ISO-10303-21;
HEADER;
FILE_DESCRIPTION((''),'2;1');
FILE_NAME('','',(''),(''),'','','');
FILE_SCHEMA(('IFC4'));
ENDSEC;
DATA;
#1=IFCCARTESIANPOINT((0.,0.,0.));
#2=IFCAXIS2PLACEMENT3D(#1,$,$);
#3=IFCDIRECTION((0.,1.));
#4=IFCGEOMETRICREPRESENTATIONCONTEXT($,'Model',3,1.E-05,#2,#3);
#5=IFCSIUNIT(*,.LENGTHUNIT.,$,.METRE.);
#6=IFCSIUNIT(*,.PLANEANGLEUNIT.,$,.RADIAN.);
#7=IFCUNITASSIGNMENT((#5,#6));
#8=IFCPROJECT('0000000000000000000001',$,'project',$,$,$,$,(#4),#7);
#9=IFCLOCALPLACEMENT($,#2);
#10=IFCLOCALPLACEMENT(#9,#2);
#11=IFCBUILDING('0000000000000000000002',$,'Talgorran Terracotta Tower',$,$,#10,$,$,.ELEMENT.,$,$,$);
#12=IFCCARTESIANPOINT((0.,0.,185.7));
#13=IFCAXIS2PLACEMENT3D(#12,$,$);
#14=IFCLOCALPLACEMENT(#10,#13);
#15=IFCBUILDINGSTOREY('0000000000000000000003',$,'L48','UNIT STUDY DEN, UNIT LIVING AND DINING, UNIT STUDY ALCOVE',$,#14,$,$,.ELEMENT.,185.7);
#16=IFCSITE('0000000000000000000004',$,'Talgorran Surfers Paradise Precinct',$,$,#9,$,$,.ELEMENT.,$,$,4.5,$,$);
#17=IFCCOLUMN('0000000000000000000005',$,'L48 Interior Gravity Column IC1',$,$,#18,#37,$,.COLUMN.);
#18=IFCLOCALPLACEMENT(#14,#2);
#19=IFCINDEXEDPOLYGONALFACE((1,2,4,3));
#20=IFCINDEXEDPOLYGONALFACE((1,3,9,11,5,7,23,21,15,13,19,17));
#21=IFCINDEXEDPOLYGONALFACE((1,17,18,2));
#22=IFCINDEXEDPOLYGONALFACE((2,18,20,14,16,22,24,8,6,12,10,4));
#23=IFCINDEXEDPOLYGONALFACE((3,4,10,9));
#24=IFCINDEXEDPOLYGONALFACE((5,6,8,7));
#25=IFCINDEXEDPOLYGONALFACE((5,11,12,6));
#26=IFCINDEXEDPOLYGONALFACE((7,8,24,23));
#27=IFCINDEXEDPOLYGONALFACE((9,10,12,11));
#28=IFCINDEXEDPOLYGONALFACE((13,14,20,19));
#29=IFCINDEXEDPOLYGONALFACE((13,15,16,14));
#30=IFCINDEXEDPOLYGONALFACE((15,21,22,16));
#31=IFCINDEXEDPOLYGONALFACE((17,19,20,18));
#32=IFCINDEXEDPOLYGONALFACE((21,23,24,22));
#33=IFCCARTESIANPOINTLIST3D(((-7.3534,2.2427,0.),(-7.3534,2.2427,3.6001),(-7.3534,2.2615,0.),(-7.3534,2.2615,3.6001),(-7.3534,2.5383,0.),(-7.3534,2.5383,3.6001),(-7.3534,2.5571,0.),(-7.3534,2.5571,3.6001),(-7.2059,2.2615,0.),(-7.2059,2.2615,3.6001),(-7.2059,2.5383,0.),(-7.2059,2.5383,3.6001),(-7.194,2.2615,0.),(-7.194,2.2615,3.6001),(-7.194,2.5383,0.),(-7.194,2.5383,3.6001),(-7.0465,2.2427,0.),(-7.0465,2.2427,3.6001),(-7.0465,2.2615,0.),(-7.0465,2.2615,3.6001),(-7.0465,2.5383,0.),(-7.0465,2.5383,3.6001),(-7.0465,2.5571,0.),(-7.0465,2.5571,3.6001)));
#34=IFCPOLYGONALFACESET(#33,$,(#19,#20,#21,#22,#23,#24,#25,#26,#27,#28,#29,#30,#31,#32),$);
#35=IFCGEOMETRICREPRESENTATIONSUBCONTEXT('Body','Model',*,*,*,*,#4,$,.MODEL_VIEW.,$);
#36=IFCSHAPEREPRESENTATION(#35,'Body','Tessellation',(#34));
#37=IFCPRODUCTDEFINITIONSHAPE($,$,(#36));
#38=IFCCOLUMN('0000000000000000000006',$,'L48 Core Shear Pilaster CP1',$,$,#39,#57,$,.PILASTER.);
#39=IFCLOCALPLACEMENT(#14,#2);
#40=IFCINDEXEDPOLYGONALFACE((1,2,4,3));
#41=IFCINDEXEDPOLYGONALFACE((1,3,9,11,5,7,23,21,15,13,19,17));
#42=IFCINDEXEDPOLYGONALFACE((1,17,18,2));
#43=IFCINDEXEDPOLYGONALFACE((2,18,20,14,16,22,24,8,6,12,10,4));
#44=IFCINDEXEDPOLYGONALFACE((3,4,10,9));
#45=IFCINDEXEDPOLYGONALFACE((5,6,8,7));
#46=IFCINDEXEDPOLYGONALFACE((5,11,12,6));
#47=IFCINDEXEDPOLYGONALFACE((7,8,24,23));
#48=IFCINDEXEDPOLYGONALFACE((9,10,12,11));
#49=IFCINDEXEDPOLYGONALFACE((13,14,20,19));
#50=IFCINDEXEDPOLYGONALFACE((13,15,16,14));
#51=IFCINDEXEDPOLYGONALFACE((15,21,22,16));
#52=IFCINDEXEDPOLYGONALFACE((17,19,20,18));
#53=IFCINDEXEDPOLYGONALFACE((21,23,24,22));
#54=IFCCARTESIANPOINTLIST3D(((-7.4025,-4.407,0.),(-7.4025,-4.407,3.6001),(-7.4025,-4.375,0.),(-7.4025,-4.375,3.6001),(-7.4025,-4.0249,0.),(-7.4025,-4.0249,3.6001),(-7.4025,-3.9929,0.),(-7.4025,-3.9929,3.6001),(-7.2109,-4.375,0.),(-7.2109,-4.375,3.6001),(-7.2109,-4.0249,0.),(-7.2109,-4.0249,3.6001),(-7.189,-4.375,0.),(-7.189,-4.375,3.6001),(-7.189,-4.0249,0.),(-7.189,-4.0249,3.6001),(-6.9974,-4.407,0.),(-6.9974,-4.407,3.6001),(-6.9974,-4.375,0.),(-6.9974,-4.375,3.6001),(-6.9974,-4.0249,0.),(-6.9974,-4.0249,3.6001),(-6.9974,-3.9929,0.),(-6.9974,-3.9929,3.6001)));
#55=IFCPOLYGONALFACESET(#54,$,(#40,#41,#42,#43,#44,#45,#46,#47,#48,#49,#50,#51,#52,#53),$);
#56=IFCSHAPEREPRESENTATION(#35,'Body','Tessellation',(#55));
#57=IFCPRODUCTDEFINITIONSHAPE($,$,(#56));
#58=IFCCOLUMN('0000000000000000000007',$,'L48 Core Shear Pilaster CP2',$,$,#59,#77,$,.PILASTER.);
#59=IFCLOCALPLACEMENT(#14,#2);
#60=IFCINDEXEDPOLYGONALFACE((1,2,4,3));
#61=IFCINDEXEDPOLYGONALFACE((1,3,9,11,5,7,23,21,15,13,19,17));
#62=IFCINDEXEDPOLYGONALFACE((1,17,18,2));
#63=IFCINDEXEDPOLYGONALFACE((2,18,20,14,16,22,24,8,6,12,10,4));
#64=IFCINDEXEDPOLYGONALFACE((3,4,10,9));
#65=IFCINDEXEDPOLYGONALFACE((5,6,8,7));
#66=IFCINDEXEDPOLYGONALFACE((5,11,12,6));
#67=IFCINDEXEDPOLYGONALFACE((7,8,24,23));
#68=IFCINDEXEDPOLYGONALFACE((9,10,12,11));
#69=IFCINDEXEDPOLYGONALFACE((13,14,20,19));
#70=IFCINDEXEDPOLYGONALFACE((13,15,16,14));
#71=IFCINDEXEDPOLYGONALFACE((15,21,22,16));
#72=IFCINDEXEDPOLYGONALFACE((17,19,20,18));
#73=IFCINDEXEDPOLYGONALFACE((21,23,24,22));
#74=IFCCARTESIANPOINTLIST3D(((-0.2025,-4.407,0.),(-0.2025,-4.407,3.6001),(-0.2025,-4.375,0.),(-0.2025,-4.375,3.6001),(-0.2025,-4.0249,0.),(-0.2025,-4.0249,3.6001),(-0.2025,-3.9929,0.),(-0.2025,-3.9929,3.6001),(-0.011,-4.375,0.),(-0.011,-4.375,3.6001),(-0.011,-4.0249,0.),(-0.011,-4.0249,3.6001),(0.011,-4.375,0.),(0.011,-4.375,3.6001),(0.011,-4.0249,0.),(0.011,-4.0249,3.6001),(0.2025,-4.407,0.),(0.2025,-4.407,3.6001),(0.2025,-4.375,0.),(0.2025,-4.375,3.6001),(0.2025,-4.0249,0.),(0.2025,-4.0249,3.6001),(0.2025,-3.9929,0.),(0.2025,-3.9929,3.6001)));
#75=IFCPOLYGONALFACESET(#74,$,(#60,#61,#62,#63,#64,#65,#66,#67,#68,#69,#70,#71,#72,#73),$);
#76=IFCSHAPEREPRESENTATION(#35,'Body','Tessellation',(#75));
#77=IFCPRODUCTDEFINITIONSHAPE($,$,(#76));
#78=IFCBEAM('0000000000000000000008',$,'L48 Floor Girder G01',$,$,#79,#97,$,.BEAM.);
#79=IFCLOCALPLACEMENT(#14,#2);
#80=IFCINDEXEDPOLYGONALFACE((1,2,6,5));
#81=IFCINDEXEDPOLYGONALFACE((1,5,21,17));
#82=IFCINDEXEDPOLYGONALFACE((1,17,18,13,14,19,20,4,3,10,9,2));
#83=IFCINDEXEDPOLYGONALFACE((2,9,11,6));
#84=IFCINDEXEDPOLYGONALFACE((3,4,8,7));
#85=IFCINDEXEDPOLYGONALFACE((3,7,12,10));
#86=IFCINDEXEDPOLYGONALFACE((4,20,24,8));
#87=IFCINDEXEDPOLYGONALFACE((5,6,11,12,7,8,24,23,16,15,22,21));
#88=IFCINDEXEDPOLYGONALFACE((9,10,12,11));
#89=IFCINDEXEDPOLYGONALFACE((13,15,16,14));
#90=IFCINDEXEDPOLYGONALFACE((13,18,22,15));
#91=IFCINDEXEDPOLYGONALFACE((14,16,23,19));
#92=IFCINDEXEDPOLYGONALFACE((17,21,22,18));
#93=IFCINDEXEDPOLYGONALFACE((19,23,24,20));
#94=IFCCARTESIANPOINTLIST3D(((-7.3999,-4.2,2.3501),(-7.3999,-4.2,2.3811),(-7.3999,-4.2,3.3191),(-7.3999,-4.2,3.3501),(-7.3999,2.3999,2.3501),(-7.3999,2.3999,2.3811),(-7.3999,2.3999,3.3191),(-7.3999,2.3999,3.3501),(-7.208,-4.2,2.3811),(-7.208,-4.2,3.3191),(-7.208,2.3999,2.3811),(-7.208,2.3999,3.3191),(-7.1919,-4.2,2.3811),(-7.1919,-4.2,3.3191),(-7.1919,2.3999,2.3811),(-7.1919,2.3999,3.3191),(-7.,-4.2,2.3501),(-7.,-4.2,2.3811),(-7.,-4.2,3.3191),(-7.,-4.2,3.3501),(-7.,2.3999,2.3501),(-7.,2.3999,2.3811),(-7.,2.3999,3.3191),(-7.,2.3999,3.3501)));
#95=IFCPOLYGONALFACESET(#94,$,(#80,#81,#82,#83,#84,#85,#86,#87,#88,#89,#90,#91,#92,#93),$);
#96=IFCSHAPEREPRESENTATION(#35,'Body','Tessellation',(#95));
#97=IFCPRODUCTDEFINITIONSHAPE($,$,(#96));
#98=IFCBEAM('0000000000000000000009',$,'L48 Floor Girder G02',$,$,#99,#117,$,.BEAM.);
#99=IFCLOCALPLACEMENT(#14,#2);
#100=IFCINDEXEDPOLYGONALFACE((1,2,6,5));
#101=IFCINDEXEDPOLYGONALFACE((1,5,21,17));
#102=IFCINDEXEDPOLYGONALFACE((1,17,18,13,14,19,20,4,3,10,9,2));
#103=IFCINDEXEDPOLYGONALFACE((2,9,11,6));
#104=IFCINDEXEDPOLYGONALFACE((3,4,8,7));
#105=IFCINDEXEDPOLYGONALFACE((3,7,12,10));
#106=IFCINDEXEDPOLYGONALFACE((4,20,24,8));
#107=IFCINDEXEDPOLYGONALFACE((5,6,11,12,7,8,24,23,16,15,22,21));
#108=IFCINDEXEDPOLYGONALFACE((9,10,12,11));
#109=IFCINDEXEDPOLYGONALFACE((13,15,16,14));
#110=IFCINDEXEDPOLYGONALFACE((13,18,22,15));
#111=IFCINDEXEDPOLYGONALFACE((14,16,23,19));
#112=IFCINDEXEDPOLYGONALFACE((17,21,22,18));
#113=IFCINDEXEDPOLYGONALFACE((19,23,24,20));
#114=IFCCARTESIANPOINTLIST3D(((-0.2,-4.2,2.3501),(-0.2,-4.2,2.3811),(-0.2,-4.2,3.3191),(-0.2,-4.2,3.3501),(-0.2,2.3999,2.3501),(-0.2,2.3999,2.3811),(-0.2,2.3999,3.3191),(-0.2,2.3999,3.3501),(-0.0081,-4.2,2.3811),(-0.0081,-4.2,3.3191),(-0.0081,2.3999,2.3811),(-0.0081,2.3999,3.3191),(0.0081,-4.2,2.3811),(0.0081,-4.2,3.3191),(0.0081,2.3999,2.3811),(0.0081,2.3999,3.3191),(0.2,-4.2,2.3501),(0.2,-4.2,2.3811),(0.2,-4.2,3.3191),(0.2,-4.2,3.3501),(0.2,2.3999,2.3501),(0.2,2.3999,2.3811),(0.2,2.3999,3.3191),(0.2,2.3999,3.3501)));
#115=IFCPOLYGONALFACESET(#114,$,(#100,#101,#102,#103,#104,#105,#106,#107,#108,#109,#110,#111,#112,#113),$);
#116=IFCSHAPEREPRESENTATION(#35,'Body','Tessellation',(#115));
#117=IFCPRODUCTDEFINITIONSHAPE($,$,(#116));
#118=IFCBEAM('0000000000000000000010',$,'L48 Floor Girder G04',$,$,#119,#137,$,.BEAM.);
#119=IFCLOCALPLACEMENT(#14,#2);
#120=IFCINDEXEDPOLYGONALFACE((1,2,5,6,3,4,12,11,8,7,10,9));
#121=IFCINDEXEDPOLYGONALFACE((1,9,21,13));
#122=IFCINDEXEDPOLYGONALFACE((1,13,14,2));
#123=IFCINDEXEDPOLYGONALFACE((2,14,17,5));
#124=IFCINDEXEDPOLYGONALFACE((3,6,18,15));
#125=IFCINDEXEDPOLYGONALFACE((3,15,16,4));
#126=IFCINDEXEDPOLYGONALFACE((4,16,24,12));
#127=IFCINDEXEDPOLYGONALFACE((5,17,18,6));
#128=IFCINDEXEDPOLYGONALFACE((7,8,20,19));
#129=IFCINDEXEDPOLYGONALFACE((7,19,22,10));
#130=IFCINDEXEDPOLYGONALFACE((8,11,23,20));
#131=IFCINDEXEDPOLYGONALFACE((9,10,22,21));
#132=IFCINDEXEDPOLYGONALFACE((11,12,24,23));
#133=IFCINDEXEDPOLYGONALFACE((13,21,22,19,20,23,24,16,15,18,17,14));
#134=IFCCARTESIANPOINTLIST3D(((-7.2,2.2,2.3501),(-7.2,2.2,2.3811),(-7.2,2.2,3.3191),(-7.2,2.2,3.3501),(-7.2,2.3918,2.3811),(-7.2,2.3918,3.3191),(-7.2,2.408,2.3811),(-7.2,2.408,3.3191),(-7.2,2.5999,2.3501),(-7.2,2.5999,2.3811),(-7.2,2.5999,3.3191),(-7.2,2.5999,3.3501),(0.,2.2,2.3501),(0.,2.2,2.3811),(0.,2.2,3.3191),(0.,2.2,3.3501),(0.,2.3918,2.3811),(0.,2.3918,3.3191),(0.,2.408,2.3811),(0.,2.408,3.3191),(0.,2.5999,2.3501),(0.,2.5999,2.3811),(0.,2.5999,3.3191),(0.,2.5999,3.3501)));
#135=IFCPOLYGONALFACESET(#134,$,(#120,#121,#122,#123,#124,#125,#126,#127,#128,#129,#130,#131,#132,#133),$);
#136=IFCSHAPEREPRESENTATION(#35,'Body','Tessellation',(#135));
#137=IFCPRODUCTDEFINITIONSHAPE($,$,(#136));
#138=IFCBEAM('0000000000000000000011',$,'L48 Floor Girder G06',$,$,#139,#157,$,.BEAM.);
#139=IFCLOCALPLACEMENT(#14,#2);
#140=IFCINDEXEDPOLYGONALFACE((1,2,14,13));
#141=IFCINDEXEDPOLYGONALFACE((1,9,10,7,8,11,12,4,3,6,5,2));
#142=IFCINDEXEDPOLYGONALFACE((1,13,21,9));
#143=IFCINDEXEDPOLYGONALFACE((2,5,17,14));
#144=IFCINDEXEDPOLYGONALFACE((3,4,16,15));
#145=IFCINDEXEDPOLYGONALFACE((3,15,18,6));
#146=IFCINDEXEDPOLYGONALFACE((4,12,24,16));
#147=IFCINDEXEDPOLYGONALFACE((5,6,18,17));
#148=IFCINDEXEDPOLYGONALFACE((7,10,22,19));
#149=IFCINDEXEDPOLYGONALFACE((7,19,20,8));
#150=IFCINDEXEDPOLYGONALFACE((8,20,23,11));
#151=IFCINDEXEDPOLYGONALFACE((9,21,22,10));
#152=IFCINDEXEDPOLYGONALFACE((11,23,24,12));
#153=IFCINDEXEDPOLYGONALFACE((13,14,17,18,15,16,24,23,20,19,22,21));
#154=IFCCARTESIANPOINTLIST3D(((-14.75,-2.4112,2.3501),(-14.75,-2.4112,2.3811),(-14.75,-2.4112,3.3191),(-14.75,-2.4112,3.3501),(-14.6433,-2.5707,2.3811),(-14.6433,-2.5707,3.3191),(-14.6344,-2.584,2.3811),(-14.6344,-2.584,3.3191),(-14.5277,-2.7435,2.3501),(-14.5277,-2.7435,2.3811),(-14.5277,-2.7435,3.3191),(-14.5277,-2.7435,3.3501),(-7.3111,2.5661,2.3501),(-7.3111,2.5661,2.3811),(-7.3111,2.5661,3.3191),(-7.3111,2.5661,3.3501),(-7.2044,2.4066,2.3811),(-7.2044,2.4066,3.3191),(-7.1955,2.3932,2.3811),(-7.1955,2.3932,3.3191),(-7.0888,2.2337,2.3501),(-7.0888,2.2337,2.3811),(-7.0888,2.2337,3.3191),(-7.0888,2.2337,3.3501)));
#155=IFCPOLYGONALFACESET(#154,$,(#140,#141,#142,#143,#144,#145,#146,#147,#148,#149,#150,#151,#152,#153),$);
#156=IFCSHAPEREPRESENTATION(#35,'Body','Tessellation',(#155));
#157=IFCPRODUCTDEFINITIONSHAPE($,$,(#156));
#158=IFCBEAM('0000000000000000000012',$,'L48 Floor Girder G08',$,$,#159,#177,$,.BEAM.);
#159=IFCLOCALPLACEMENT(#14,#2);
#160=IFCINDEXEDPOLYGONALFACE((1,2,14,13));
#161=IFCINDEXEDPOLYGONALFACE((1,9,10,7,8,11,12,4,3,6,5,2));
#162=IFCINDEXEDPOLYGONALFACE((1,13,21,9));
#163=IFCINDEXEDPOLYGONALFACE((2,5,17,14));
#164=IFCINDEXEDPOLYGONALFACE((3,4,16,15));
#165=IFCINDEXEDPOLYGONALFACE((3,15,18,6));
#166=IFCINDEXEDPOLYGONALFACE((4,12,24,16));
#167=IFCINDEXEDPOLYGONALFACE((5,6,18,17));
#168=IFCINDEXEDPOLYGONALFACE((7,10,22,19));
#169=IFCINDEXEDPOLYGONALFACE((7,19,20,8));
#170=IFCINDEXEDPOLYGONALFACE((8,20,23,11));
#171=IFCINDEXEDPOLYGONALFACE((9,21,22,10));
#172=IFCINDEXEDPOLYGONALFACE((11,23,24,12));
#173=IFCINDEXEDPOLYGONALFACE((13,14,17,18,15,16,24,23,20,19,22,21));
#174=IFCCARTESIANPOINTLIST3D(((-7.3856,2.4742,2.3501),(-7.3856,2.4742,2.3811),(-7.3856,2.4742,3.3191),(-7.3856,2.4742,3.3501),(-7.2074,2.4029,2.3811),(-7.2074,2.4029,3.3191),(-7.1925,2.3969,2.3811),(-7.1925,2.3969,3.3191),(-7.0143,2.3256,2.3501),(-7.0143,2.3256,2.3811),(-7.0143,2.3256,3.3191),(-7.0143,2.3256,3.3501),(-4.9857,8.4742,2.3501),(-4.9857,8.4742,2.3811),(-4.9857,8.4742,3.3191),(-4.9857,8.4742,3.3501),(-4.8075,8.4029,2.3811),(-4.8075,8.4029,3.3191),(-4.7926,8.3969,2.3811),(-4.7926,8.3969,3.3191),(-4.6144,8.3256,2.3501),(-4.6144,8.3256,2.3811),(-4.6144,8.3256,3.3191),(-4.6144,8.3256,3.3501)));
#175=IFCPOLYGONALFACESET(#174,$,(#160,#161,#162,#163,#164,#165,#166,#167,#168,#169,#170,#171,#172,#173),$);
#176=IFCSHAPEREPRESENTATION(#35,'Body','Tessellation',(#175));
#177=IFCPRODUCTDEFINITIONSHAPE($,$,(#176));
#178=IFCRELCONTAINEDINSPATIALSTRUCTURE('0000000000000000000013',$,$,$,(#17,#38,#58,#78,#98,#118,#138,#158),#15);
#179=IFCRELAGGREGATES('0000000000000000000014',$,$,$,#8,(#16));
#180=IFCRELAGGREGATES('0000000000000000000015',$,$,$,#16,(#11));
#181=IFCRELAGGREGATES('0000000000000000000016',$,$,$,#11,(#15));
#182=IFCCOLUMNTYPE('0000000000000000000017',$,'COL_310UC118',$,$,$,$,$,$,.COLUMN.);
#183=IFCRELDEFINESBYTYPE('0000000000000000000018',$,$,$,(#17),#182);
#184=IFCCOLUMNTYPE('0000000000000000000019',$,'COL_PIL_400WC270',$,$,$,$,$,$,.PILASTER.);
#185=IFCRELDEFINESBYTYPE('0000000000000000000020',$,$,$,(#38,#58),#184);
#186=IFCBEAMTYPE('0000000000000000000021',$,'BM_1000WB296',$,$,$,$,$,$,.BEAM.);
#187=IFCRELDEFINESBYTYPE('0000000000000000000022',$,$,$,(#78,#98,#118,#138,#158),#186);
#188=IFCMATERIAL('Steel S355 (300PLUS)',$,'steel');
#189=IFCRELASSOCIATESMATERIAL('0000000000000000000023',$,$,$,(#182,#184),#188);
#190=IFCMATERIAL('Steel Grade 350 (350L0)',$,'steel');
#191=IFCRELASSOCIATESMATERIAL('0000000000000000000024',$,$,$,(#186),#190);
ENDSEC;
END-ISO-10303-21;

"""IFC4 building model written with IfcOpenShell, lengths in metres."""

from ifc_helpers import new_model, si_unit, direction, frame, origin, origin_2d, place, context, subcontext, project, spatial, i_section, extrude, material, material_profile, profile_set, type_object, element, save


model = new_model("IFC4")

# Units and contexts
model_context = context("Model", 3, precision=1e-05, world=origin(), true_north=direction((0.0, 1.0)))
body_context = subcontext(model_context, "Body", "Model", "MODEL_VIEW")
ifc_project = project(units=[si_unit("LENGTHUNIT", "METRE"), si_unit("PLANEANGLEUNIT", "RADIAN")], contexts=[model_context])

# Site, building, storey
site_placement = place(None, origin())
site = spatial("IfcSite", under=ifc_project, at=site_placement, Name="Talgorran Surfers Paradise Precinct", CompositionType="ELEMENT", RefElevation=4.5)
building_placement = place(site_placement, origin())
building = spatial("IfcBuilding", under=site, at=building_placement, Name="Talgorran Terracotta Tower", CompositionType="ELEMENT")
storey_placement = place(building_placement, frame((0.0, 0.0, 185.7)))
storey = spatial("IfcBuildingStorey", under=building, at=storey_placement, Name="L48", Description="UNIT STUDY DEN, UNIT LIVING AND DINING, UNIT STUDY ALCOVE", CompositionType="ELEMENT", Elevation=185.7)

# Columns
ifc_material_1 = material(Name="Steel S355 (300PLUS)", Category="steel")
ifc_material_profile_1 = material_profile(ifc_material_1, i_section(OverallWidth=0.3069, OverallDepth=0.3145, WebThickness=0.012, FlangeThickness=0.0188, at=origin_2d()), Name="310UC118")
ifc_profile_set_1 = profile_set([ifc_material_profile_1], Name="Steel S355 (300PLUS)")
column_type_1 = type_object("IfcColumnType", Name="COL_310UC118", PredefinedType="COLUMN", material=ifc_profile_set_1)
column_placement = place(storey_placement, frame((-7.2, 2.3999, 0.0), z_axis=(0.0, 0.0, 1.0), x_axis=(1.0, 0.0, 0.0)))
element("IfcColumn", 1, at=column_placement, inside=storey, type_object=column_type_1, Name="L48 Interior Gravity Column IC1", PredefinedType="COLUMN", context=body_context, shape_type="SweptSolid", body=[
    extrude(i_section(OverallWidth=0.3069, OverallDepth=0.3145, WebThickness=0.012, FlangeThickness=0.0188, at=origin_2d()), origin(), (0.0, 0.0, 1.0), 3.6001),
])
ifc_material_profile_2 = material_profile(ifc_material_1, i_section(OverallWidth=0.405, OverallDepth=0.4141, WebThickness=0.022, FlangeThickness=0.032, at=origin_2d()), Name="400WC270")
ifc_profile_set_2 = profile_set([ifc_material_profile_2], Name="Steel S355 (300PLUS)")
column_type_2 = type_object("IfcColumnType", Name="COL_PIL_400WC270", PredefinedType="PILASTER", material=ifc_profile_set_2)
for number, where, z_axis, x_axis, name in (
    (2, (-7.2, -4.2, 0.0), (0.0, 0.0, 1.0), (1.0, 0.0, 0.0), "L48 Core Shear Pilaster CP1"),
    (3, (0.0, -4.2, 0.0), (0.0, 0.0, 1.0), (1.0, 0.0, 0.0), "L48 Core Shear Pilaster CP2"),
):
    element("IfcColumn", number, at=place(storey_placement, frame(where, z_axis=z_axis, x_axis=x_axis)), inside=storey, type_object=column_type_2, Name=name, PredefinedType="PILASTER", context=body_context, shape_type="SweptSolid", body=[
        extrude(i_section(OverallWidth=0.405, OverallDepth=0.4141, WebThickness=0.022, FlangeThickness=0.032, at=origin_2d()), origin(), (0.0, 0.0, 1.0), 3.6001),
    ])

# Beams
ifc_material_2 = material(Name="Steel Grade 350 (350L0)", Category="steel")
ifc_material_profile_3 = material_profile(ifc_material_2, i_section(OverallWidth=0.3999, OverallDepth=1.0, WebThickness=0.0161, FlangeThickness=0.031, at=origin_2d()), Name="1000WB296")
ifc_profile_set_3 = profile_set([ifc_material_profile_3], Name="Steel Grade 350 (350L0)")
beam_type_1 = type_object("IfcBeamType", Name="BM_1000WB296", PredefinedType="BEAM", material=ifc_profile_set_3)
for number, where, z_axis, x_axis, name in (
    (4, (-7.2, -4.2, 2.8501), (0.0, 1.0, 0.0), (-1.0, 0.0, 0.0), "L48 Floor Girder G01"),
    (5, (0.0, -4.2, 2.8501), (0.0, 1.0, 0.0), (-1.0, 0.0, 0.0), "L48 Floor Girder G02"),
):
    element("IfcBeam", number, at=place(storey_placement, frame(where, z_axis=z_axis, x_axis=x_axis)), inside=storey, type_object=beam_type_1, Name=name, PredefinedType="BEAM", context=body_context, shape_type="SweptSolid", body=[
        extrude(i_section(OverallWidth=0.3999, OverallDepth=1.0, WebThickness=0.0161, FlangeThickness=0.031, at=origin_2d()), origin(), (0.0, 0.0, 1.0), 6.5999),
    ])
beam_1_placement = place(storey_placement, frame((-7.2, 2.3999, 2.8501), z_axis=(1.0, 0.0, 0.0), x_axis=(0.0, 1.0, 0.0)))
element("IfcBeam", 6, at=beam_1_placement, inside=storey, type_object=beam_type_1, Name="L48 Floor Girder G04", PredefinedType="BEAM", context=body_context, shape_type="SweptSolid", body=[
    extrude(i_section(OverallWidth=0.3999, OverallDepth=1.0, WebThickness=0.0161, FlangeThickness=0.031, at=origin_2d()), origin(), (0.0, 0.0, 1.0), 7.2),
])
beam_2_placement = place(storey_placement, frame((-7.2, 2.3999, 2.8501), z_axis=(-0.831122, -0.556091, 0.0), x_axis=(0.556091, -0.831122, 0.0)))
element("IfcBeam", 7, at=beam_2_placement, inside=storey, type_object=beam_type_1, Name="L48 Floor Girder G06", PredefinedType="BEAM", context=body_context, shape_type="SweptSolid", body=[
    extrude(i_section(OverallWidth=0.3999, OverallDepth=1.0, WebThickness=0.0161, FlangeThickness=0.031, at=origin_2d()), origin(), (0.0, 0.0, 1.0), 8.9504),
])
beam_3_placement = place(storey_placement, frame((-7.2, 2.3999, 2.8501), z_axis=(0.371378, 0.928482, 0.0), x_axis=(-0.928482, 0.371378, 0.0)))
element("IfcBeam", 8, at=beam_3_placement, inside=storey, type_object=beam_type_1, Name="L48 Floor Girder G08", PredefinedType="BEAM", context=body_context, shape_type="SweptSolid", body=[
    extrude(i_section(OverallWidth=0.3999, OverallDepth=1.0, WebThickness=0.0161, FlangeThickness=0.031, at=origin_2d()), origin(), (0.0, 0.0, 1.0), 6.4622),
])

save(model, "model.ifc")
